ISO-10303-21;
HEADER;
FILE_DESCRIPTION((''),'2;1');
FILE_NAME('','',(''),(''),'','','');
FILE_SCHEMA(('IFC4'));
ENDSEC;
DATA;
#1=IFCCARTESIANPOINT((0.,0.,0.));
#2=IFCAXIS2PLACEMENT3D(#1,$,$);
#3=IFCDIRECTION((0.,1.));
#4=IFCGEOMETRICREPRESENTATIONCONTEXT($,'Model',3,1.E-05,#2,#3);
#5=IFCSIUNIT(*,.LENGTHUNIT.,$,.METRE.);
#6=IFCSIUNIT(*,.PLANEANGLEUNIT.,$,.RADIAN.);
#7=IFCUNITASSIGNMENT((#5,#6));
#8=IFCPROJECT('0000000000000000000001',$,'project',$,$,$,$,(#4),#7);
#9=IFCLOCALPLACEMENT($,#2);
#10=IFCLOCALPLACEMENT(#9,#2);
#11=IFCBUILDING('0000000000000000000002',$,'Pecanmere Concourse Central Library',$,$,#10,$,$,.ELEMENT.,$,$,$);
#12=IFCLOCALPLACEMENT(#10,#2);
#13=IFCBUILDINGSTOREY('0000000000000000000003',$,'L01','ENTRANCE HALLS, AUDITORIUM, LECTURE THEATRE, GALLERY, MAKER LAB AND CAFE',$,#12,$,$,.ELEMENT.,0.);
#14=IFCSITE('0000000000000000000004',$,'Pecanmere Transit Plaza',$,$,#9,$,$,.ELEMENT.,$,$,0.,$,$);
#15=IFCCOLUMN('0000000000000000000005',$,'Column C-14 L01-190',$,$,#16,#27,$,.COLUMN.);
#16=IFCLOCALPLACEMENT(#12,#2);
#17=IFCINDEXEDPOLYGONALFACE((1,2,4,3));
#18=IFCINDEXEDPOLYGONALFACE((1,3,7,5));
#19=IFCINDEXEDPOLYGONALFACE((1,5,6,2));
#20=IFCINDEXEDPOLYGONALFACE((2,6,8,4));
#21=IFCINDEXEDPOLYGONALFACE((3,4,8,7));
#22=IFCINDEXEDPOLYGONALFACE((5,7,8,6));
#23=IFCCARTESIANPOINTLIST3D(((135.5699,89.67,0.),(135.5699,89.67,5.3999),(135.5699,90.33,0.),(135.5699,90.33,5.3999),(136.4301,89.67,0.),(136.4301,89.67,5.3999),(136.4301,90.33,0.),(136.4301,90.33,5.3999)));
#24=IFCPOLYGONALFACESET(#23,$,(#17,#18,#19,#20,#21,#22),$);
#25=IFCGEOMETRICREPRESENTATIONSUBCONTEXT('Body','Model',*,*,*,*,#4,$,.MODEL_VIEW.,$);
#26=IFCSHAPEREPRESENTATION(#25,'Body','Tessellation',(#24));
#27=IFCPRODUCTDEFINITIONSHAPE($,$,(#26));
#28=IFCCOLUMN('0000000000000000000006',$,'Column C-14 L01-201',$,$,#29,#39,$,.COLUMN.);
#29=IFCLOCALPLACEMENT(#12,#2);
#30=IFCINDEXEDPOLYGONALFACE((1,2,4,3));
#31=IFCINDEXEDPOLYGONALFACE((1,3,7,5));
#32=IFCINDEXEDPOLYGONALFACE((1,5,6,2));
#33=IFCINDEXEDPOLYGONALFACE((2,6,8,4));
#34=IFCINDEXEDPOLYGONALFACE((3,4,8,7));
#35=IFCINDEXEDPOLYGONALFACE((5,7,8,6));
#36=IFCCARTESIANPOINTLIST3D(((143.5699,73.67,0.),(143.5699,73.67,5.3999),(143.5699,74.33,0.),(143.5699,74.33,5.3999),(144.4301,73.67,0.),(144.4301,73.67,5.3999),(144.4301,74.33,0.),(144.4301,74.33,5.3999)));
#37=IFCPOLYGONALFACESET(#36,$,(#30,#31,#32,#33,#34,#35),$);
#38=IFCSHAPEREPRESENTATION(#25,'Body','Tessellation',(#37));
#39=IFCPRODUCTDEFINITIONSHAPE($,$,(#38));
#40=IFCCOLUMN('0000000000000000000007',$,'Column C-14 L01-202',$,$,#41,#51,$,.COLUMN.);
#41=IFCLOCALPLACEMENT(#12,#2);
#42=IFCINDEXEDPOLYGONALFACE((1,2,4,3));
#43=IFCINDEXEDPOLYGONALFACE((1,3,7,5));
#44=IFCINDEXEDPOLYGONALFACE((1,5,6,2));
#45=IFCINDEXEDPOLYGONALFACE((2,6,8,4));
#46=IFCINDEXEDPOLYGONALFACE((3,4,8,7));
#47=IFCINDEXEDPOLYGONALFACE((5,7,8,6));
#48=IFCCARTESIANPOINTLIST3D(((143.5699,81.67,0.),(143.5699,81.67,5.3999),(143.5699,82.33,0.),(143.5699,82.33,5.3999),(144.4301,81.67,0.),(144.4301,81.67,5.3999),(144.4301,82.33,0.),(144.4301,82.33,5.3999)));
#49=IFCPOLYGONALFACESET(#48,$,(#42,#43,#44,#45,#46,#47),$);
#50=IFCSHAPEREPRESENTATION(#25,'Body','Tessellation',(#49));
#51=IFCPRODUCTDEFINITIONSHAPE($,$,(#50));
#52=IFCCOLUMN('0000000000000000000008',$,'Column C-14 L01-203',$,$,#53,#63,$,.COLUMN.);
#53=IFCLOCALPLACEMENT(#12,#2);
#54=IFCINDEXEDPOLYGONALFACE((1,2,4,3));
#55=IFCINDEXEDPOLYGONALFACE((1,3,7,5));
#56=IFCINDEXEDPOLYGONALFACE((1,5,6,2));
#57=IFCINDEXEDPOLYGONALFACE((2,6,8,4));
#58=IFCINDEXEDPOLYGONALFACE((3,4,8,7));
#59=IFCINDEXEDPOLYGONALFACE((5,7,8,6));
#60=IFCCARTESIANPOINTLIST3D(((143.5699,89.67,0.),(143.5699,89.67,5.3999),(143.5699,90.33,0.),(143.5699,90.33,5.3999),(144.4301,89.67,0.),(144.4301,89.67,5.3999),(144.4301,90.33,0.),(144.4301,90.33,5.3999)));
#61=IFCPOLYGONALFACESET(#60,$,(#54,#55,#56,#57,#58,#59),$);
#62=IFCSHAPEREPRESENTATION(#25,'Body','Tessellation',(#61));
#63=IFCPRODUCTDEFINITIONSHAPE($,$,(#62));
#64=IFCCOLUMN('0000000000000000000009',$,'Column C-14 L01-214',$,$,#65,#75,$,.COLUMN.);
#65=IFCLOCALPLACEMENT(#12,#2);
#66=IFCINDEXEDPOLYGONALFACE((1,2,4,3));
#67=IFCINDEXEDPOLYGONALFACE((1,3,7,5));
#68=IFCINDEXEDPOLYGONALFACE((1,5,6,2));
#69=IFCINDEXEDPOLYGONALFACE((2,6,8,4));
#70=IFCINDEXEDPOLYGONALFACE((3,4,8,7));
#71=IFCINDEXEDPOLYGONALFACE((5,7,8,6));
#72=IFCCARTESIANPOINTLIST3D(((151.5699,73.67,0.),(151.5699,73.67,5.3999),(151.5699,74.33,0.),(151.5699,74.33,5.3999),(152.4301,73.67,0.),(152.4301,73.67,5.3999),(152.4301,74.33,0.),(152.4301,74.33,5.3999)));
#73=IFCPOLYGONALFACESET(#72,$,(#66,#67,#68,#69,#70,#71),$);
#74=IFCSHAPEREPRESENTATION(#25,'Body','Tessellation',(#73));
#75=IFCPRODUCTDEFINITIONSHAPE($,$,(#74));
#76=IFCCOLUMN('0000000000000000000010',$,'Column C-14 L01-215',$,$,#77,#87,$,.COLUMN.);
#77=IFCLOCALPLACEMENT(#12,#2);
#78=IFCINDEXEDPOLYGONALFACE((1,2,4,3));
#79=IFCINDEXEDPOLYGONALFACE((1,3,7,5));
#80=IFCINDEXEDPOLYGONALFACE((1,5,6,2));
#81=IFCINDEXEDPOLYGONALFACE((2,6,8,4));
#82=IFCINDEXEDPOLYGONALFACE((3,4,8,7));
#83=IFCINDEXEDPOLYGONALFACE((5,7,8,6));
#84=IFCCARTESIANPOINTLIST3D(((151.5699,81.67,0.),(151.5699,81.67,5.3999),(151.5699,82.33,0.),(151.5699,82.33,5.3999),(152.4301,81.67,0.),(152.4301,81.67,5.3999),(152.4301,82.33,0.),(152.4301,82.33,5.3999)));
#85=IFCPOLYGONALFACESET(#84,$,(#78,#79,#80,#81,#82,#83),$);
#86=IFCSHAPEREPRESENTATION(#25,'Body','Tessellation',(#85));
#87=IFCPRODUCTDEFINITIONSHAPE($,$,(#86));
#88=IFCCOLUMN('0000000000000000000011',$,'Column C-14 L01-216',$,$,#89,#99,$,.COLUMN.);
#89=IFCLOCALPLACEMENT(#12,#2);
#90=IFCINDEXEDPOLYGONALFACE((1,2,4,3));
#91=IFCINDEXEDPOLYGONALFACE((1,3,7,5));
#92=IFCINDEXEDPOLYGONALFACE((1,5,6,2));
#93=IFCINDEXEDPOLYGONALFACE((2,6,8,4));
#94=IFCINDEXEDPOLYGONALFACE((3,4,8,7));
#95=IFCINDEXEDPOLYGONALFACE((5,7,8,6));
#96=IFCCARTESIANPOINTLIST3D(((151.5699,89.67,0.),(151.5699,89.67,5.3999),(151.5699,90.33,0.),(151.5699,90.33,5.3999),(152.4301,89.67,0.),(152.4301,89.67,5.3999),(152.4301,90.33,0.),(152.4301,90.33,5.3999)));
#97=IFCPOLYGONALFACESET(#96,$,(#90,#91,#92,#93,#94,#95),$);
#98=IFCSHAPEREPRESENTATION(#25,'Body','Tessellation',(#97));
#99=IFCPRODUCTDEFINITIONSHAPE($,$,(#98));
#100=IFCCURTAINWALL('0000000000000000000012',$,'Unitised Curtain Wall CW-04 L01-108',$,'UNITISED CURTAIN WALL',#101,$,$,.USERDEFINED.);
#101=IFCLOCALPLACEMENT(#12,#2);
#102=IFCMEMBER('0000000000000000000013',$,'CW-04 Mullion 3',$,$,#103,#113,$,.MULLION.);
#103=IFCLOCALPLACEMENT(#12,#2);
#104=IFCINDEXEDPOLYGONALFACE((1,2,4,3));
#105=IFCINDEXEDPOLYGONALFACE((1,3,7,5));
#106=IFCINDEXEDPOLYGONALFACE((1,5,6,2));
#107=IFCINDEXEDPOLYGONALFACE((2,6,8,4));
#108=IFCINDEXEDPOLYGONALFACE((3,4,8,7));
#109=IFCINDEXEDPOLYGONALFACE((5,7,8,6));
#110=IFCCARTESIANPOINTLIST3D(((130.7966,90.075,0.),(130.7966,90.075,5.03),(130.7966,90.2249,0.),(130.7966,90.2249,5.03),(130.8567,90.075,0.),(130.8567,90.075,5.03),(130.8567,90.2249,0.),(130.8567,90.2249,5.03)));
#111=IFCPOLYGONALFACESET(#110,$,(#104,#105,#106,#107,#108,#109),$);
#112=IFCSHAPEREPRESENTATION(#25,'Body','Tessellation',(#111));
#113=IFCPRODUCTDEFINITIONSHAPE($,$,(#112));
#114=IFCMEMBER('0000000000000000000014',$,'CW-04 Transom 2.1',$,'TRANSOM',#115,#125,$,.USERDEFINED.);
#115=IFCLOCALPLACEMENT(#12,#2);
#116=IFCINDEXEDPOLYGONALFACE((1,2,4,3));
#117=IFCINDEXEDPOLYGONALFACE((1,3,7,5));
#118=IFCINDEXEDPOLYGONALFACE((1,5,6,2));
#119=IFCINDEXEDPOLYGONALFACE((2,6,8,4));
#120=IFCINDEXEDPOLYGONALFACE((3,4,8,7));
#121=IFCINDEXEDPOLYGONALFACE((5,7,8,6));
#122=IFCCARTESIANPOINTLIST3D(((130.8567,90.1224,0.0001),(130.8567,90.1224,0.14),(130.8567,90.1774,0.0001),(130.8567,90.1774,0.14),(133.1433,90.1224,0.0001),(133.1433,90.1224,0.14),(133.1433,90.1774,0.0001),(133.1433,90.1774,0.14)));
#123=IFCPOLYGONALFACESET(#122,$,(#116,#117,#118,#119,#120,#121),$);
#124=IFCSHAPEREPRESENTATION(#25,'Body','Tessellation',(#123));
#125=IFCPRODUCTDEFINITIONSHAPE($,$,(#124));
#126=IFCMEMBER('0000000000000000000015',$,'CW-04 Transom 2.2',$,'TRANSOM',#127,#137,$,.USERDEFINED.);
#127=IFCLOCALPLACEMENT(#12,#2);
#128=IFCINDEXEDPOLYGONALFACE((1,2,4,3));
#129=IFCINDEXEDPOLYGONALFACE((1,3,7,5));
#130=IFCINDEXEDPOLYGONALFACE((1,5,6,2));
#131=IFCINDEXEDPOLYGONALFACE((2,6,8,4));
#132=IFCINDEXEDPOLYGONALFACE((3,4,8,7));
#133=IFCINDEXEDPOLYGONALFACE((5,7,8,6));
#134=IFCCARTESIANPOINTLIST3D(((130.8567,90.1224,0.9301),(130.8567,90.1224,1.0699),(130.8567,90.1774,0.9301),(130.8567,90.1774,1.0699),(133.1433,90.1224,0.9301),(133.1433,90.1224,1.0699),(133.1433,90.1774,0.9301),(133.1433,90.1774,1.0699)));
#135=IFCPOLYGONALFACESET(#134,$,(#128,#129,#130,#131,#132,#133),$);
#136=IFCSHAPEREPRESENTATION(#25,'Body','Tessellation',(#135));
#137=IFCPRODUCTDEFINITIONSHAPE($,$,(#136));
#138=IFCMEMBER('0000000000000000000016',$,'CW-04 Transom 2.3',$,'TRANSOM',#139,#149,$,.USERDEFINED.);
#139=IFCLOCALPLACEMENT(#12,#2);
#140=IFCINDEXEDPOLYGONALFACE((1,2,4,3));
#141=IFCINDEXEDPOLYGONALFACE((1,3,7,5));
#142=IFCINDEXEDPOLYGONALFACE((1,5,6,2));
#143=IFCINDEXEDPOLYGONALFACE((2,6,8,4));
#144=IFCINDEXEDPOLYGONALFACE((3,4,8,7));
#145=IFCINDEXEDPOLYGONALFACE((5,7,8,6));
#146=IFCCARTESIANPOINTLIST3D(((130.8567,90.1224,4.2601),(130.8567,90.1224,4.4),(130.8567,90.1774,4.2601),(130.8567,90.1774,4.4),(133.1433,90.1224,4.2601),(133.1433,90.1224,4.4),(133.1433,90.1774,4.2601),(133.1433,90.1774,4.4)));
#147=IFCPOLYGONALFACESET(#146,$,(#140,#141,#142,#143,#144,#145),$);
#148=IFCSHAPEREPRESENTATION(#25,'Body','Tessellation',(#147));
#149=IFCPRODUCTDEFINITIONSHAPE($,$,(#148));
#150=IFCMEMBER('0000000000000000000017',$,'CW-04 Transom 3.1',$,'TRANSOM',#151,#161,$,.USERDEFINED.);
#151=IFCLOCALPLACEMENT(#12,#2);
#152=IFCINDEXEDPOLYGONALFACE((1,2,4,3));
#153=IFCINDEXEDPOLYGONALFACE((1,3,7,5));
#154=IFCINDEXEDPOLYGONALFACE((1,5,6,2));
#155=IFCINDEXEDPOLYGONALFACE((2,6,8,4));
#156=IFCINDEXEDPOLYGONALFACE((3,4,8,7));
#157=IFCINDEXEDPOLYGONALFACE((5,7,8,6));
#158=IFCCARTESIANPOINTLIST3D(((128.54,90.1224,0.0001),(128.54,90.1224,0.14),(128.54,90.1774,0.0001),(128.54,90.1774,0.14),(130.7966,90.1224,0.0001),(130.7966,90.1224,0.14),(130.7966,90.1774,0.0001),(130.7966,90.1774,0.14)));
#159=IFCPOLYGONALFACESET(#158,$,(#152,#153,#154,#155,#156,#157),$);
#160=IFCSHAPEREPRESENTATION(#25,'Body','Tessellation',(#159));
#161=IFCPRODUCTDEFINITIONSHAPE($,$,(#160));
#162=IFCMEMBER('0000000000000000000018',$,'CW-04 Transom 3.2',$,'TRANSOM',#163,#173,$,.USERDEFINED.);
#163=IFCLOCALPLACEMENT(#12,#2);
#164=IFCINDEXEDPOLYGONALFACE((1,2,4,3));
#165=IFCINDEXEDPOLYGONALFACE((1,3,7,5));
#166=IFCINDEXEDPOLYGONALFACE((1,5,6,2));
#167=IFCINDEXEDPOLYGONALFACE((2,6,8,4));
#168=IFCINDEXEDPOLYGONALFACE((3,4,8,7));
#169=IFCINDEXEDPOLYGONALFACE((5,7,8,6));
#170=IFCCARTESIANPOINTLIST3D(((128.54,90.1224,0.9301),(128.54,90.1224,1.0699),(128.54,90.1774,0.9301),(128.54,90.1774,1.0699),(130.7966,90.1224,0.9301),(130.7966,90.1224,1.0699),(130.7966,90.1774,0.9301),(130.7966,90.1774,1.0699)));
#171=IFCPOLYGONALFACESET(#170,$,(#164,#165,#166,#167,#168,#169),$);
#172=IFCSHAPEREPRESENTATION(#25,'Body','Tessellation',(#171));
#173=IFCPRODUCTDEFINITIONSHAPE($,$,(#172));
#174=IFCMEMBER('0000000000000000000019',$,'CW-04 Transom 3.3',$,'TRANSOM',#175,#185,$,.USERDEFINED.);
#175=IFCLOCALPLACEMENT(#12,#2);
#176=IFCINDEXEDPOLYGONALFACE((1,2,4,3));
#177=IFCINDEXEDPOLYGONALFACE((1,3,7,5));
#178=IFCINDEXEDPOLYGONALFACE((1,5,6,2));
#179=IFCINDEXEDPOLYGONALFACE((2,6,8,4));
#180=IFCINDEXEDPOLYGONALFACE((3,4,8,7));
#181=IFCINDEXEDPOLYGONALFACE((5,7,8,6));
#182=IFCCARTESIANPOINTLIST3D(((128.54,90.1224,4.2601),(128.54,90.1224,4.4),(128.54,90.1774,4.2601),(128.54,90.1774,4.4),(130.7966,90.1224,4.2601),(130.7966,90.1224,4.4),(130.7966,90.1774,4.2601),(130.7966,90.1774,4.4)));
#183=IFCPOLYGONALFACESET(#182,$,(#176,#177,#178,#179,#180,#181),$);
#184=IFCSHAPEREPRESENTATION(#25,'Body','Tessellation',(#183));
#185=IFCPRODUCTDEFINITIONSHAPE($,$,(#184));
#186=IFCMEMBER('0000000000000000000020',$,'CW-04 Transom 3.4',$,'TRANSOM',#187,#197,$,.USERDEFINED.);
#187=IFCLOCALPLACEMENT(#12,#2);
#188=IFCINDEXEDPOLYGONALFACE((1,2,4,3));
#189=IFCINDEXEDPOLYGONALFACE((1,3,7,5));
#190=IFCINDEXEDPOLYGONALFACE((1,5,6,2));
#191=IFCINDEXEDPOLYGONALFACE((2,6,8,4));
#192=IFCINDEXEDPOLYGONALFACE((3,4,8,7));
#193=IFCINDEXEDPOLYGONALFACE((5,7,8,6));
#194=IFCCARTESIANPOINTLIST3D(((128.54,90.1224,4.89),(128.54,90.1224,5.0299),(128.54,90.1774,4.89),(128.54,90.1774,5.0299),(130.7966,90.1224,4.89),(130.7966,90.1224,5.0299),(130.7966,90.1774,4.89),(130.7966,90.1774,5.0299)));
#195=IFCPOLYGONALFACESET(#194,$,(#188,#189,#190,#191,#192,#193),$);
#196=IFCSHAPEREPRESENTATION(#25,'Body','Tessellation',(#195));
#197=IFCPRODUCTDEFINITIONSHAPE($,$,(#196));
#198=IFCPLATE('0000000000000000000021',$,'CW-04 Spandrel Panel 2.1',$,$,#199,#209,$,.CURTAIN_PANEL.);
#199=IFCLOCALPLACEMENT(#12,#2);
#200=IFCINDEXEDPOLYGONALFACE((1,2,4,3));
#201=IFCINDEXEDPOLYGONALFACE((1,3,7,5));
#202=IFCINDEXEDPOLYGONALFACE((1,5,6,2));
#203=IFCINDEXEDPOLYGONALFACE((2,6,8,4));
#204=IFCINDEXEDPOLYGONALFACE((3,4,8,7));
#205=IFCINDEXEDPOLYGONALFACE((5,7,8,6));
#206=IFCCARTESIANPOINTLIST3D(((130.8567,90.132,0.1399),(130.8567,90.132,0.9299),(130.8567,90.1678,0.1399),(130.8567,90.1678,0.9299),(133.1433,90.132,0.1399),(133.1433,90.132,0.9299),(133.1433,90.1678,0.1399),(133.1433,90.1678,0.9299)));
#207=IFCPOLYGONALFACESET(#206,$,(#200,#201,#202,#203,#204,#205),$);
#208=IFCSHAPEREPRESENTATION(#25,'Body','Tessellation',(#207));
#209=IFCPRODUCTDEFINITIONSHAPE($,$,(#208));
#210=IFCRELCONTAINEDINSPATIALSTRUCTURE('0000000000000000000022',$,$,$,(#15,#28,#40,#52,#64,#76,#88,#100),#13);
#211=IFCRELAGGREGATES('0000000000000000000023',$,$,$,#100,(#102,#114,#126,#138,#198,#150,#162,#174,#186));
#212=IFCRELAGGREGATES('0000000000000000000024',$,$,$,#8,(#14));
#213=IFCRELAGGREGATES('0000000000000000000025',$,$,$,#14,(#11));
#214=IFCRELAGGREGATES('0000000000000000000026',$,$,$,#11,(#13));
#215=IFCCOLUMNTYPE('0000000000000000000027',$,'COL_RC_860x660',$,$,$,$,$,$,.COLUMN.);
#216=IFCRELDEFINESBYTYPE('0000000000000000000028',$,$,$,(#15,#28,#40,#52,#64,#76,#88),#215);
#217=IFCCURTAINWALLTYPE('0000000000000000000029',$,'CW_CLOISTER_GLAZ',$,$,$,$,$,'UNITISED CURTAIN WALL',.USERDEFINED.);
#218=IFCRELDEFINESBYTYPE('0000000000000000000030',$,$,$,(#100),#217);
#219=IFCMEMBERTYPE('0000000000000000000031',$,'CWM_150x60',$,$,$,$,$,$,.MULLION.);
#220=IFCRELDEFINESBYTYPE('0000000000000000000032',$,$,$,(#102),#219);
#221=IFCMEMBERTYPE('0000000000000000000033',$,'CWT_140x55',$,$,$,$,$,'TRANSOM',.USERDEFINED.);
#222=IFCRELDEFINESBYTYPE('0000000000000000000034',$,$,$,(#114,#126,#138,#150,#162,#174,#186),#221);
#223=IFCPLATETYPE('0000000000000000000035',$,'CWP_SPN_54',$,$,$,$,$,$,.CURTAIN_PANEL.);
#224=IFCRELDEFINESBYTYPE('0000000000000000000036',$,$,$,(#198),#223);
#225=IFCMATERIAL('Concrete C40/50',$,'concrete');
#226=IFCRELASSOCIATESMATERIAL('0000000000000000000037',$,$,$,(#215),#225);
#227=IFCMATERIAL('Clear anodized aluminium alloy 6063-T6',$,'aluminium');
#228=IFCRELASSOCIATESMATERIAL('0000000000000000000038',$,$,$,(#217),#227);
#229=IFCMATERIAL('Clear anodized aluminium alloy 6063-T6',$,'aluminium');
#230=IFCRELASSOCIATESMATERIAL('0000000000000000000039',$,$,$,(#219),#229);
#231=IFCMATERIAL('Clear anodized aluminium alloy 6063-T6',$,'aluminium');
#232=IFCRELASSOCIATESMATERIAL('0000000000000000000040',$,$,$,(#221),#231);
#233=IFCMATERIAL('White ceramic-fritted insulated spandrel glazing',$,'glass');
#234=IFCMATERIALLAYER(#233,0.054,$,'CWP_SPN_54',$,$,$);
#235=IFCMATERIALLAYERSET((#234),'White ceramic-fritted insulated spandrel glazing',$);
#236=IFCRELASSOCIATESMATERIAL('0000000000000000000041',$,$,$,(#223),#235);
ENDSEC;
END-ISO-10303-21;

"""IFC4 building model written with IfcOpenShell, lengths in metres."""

from ifc_helpers import new_model, si_unit, direction, frame, origin, origin_2d, place, context, subcontext, project, spatial, rectangle, extrude, material, layer, layer_set, material_profile, profile_set, type_object, element, aggregate, save


model = new_model("IFC4")

# Units and contexts
model_context = context("Model", 3, precision=1e-05, world=origin(), true_north=direction((0.0, 1.0)))
body_context = subcontext(model_context, "Body", "Model", "MODEL_VIEW")
ifc_project = project(units=[si_unit("LENGTHUNIT", "METRE"), si_unit("PLANEANGLEUNIT", "RADIAN")], contexts=[model_context])

# Site, building, storey
site_placement = place(None, origin())
site = spatial("IfcSite", under=ifc_project, at=site_placement, Name="Pecanmere Transit Plaza", CompositionType="ELEMENT", RefElevation=0.0)
building_placement = place(site_placement, origin())
building = spatial("IfcBuilding", under=site, at=building_placement, Name="Pecanmere Concourse Central Library", CompositionType="ELEMENT")
storey_placement = place(building_placement, origin())
storey = spatial("IfcBuildingStorey", under=building, at=storey_placement, Name="L01", Description="ENTRANCE HALLS, AUDITORIUM, LECTURE THEATRE, GALLERY, MAKER LAB AND CAFE", CompositionType="ELEMENT", Elevation=0.0)

# Columns
ifc_material_1 = material(Name="Concrete C40/50", Category="concrete")
ifc_material_profile_1 = material_profile(ifc_material_1, rectangle(XDim=0.8601, YDim=0.6599, at=origin_2d()), Name="RC 860x660")
ifc_profile_set_1 = profile_set([ifc_material_profile_1], Name="Concrete C40/50")
column_type = type_object("IfcColumnType", Name="COL_RC_860x660", PredefinedType="COLUMN", material=ifc_profile_set_1)
for number, where, z_axis, x_axis, name in (
    (1, (136.0, 90.0, 0.0), (0.0, 0.0, 1.0), (1.0, 0.0, 0.0), "Column C-14 L01-190"),
    (2, (144.0, 74.0, 0.0), (0.0, 0.0, 1.0), (1.0, 0.0, 0.0), "Column C-14 L01-201"),
    (3, (144.0, 82.0, 0.0), (0.0, 0.0, 1.0), (1.0, 0.0, 0.0), "Column C-14 L01-202"),
    (4, (144.0, 90.0, 0.0), (0.0, 0.0, 1.0), (1.0, 0.0, 0.0), "Column C-14 L01-203"),
    (5, (152.0, 74.0, 0.0), (0.0, 0.0, 1.0), (1.0, 0.0, 0.0), "Column C-14 L01-214"),
    (6, (152.0, 82.0, 0.0), (0.0, 0.0, 1.0), (1.0, 0.0, 0.0), "Column C-14 L01-215"),
    (7, (152.0, 90.0, 0.0), (0.0, 0.0, 1.0), (1.0, 0.0, 0.0), "Column C-14 L01-216"),
):
    element("IfcColumn", number, at=place(storey_placement, frame(where, z_axis=z_axis, x_axis=x_axis)), inside=storey, type_object=column_type, Name=name, PredefinedType="COLUMN", context=body_context, shape_type="SweptSolid", body=[
        extrude(rectangle(XDim=0.8601, YDim=0.6599, at=origin_2d()), origin(), (0.0, 0.0, 1.0), 5.3999),
    ])

# Curtain wall, members, plate
ifc_material_2 = material(Name="Clear anodized aluminium alloy 6063-T6", Category="aluminium")
curtain_wall_type = type_object("IfcCurtainWallType", Name="CW_CLOISTER_GLAZ", ElementType="UNITISED CURTAIN WALL", PredefinedType="USERDEFINED", material=ifc_material_2)
curtain_wall_placement = place(storey_placement, origin())
curtain_wall = element("IfcCurtainWall", 8, at=curtain_wall_placement, inside=storey, type_object=curtain_wall_type, Name="Unitised Curtain Wall CW-04 L01-108", ObjectType="UNITISED CURTAIN WALL", PredefinedType="USERDEFINED")
ifc_material_3 = material(Name="Clear anodized aluminium alloy 6063-T6", Category="aluminium")
ifc_material_profile_2 = material_profile(ifc_material_3, rectangle(XDim=0.0601, YDim=0.1499, at=origin_2d()), Name="AL 60x150")
ifc_profile_set_2 = profile_set([ifc_material_profile_2], Name="Clear anodized aluminium alloy 6063-T6")
member_type_1 = type_object("IfcMemberType", Name="CWM_150x60", PredefinedType="MULLION", material=ifc_profile_set_2)
member_1_placement = place(storey_placement, frame((130.8267, 90.1499, 0.0), z_axis=(0.0, 0.0, 1.0), x_axis=(-1.0, 0.0, 0.0)))
member_1 = element("IfcMember", 9, at=member_1_placement, type_object=member_type_1, Name="CW-04 Mullion 3", PredefinedType="MULLION", context=body_context, shape_type="SweptSolid", body=[
    extrude(rectangle(XDim=0.0601, YDim=0.1499, at=origin_2d()), origin(), (0.0, 0.0, 1.0), 5.03),
])
ifc_material_4 = material(Name="Clear anodized aluminium alloy 6063-T6", Category="aluminium")
ifc_material_profile_3 = material_profile(ifc_material_4, rectangle(XDim=0.0549, YDim=0.1399, at=origin_2d()), Name="AL 55x140")
ifc_profile_set_3 = profile_set([ifc_material_profile_3], Name="Clear anodized aluminium alloy 6063-T6")
member_type_2 = type_object("IfcMemberType", Name="CWT_140x55", ElementType="TRANSOM", PredefinedType="USERDEFINED", material=ifc_profile_set_3)
member_2_placement = place(storey_placement, frame((133.1433, 90.1499, 0.0701), z_axis=(-1.0, 0.0, 0.0), x_axis=(0.0, -1.0, 0.0)))
member_2 = element("IfcMember", 10, at=member_2_placement, type_object=member_type_2, Name="CW-04 Transom 2.1", ObjectType="TRANSOM", PredefinedType="USERDEFINED", context=body_context, shape_type="SweptSolid", body=[
    extrude(rectangle(XDim=0.0549, YDim=0.1399, at=origin_2d()), origin(), (0.0, 0.0, 1.0), 2.2866),
])
member_3_placement = place(storey_placement, frame((133.1433, 90.1499, 1.0), z_axis=(-1.0, 0.0, 0.0), x_axis=(0.0, -1.0, 0.0)))
member_3 = element("IfcMember", 11, at=member_3_placement, type_object=member_type_2, Name="CW-04 Transom 2.2", ObjectType="TRANSOM", PredefinedType="USERDEFINED", context=body_context, shape_type="SweptSolid", body=[
    extrude(rectangle(XDim=0.0549, YDim=0.1399, at=origin_2d()), origin(), (0.0, 0.0, 1.0), 2.2866),
])
member_4_placement = place(storey_placement, frame((133.1433, 90.1499, 4.3301), z_axis=(-1.0, 0.0, 0.0), x_axis=(0.0, -1.0, 0.0)))
member_4 = element("IfcMember", 12, at=member_4_placement, type_object=member_type_2, Name="CW-04 Transom 2.3", ObjectType="TRANSOM", PredefinedType="USERDEFINED", context=body_context, shape_type="SweptSolid", body=[
    extrude(rectangle(XDim=0.0549, YDim=0.1399, at=origin_2d()), origin(), (0.0, 0.0, 1.0), 2.2866),
])
member_5_placement = place(storey_placement, frame((130.7966, 90.1499, 0.0701), z_axis=(-1.0, 0.0, 0.0), x_axis=(0.0, -1.0, 0.0)))
member_5 = element("IfcMember", 13, at=member_5_placement, type_object=member_type_2, Name="CW-04 Transom 3.1", ObjectType="TRANSOM", PredefinedType="USERDEFINED", context=body_context, shape_type="SweptSolid", body=[
    extrude(rectangle(XDim=0.0549, YDim=0.1399, at=origin_2d()), origin(), (0.0, 0.0, 1.0), 2.2566),
])
member_6_placement = place(storey_placement, frame((130.7966, 90.1499, 1.0), z_axis=(-1.0, 0.0, 0.0), x_axis=(0.0, -1.0, 0.0)))
member_6 = element("IfcMember", 14, at=member_6_placement, type_object=member_type_2, Name="CW-04 Transom 3.2", ObjectType="TRANSOM", PredefinedType="USERDEFINED", context=body_context, shape_type="SweptSolid", body=[
    extrude(rectangle(XDim=0.0549, YDim=0.1399, at=origin_2d()), origin(), (0.0, 0.0, 1.0), 2.2566),
])
member_7_placement = place(storey_placement, frame((130.7966, 90.1499, 4.3301), z_axis=(-1.0, 0.0, 0.0), x_axis=(0.0, -1.0, 0.0)))
member_7 = element("IfcMember", 15, at=member_7_placement, type_object=member_type_2, Name="CW-04 Transom 3.3", ObjectType="TRANSOM", PredefinedType="USERDEFINED", context=body_context, shape_type="SweptSolid", body=[
    extrude(rectangle(XDim=0.0549, YDim=0.1399, at=origin_2d()), origin(), (0.0, 0.0, 1.0), 2.2566),
])
member_8_placement = place(storey_placement, frame((130.7966, 90.1499, 4.96), z_axis=(-1.0, 0.0, 0.0), x_axis=(0.0, -1.0, 0.0)))
member_8 = element("IfcMember", 16, at=member_8_placement, type_object=member_type_2, Name="CW-04 Transom 3.4", ObjectType="TRANSOM", PredefinedType="USERDEFINED", context=body_context, shape_type="SweptSolid", body=[
    extrude(rectangle(XDim=0.0549, YDim=0.1399, at=origin_2d()), origin(), (0.0, 0.0, 1.0), 2.2566),
])
ifc_material_5 = material(Name="White ceramic-fritted insulated spandrel glazing", Category="glass")
ifc_layer_1 = layer(ifc_material_5, 0.054, Name="CWP_SPN_54")
ifc_layer_set_1 = layer_set([ifc_layer_1], Name="White ceramic-fritted insulated spandrel glazing")
plate_type_1 = type_object("IfcPlateType", Name="CWP_SPN_54", PredefinedType="CURTAIN_PANEL", material=ifc_layer_set_1)
plate_1_placement = place(storey_placement, frame((132.0, 90.1499, 0.1399), z_axis=(0.0, 0.0, 1.0), x_axis=(-1.0, 0.0, 0.0)))
plate_1 = element("IfcPlate", 17, at=plate_1_placement, type_object=plate_type_1, Name="CW-04 Spandrel Panel 2.1", PredefinedType="CURTAIN_PANEL", context=body_context, shape_type="SweptSolid", body=[
    extrude(rectangle(XDim=2.2866, YDim=0.0359, at=origin_2d()), origin(), (0.0, 0.0, 1.0), 0.79),
])
aggregate(curtain_wall, [member_1, member_2, member_3, member_4, plate_1, member_5, member_6, member_7, member_8])

save(model, "model.ifc")
